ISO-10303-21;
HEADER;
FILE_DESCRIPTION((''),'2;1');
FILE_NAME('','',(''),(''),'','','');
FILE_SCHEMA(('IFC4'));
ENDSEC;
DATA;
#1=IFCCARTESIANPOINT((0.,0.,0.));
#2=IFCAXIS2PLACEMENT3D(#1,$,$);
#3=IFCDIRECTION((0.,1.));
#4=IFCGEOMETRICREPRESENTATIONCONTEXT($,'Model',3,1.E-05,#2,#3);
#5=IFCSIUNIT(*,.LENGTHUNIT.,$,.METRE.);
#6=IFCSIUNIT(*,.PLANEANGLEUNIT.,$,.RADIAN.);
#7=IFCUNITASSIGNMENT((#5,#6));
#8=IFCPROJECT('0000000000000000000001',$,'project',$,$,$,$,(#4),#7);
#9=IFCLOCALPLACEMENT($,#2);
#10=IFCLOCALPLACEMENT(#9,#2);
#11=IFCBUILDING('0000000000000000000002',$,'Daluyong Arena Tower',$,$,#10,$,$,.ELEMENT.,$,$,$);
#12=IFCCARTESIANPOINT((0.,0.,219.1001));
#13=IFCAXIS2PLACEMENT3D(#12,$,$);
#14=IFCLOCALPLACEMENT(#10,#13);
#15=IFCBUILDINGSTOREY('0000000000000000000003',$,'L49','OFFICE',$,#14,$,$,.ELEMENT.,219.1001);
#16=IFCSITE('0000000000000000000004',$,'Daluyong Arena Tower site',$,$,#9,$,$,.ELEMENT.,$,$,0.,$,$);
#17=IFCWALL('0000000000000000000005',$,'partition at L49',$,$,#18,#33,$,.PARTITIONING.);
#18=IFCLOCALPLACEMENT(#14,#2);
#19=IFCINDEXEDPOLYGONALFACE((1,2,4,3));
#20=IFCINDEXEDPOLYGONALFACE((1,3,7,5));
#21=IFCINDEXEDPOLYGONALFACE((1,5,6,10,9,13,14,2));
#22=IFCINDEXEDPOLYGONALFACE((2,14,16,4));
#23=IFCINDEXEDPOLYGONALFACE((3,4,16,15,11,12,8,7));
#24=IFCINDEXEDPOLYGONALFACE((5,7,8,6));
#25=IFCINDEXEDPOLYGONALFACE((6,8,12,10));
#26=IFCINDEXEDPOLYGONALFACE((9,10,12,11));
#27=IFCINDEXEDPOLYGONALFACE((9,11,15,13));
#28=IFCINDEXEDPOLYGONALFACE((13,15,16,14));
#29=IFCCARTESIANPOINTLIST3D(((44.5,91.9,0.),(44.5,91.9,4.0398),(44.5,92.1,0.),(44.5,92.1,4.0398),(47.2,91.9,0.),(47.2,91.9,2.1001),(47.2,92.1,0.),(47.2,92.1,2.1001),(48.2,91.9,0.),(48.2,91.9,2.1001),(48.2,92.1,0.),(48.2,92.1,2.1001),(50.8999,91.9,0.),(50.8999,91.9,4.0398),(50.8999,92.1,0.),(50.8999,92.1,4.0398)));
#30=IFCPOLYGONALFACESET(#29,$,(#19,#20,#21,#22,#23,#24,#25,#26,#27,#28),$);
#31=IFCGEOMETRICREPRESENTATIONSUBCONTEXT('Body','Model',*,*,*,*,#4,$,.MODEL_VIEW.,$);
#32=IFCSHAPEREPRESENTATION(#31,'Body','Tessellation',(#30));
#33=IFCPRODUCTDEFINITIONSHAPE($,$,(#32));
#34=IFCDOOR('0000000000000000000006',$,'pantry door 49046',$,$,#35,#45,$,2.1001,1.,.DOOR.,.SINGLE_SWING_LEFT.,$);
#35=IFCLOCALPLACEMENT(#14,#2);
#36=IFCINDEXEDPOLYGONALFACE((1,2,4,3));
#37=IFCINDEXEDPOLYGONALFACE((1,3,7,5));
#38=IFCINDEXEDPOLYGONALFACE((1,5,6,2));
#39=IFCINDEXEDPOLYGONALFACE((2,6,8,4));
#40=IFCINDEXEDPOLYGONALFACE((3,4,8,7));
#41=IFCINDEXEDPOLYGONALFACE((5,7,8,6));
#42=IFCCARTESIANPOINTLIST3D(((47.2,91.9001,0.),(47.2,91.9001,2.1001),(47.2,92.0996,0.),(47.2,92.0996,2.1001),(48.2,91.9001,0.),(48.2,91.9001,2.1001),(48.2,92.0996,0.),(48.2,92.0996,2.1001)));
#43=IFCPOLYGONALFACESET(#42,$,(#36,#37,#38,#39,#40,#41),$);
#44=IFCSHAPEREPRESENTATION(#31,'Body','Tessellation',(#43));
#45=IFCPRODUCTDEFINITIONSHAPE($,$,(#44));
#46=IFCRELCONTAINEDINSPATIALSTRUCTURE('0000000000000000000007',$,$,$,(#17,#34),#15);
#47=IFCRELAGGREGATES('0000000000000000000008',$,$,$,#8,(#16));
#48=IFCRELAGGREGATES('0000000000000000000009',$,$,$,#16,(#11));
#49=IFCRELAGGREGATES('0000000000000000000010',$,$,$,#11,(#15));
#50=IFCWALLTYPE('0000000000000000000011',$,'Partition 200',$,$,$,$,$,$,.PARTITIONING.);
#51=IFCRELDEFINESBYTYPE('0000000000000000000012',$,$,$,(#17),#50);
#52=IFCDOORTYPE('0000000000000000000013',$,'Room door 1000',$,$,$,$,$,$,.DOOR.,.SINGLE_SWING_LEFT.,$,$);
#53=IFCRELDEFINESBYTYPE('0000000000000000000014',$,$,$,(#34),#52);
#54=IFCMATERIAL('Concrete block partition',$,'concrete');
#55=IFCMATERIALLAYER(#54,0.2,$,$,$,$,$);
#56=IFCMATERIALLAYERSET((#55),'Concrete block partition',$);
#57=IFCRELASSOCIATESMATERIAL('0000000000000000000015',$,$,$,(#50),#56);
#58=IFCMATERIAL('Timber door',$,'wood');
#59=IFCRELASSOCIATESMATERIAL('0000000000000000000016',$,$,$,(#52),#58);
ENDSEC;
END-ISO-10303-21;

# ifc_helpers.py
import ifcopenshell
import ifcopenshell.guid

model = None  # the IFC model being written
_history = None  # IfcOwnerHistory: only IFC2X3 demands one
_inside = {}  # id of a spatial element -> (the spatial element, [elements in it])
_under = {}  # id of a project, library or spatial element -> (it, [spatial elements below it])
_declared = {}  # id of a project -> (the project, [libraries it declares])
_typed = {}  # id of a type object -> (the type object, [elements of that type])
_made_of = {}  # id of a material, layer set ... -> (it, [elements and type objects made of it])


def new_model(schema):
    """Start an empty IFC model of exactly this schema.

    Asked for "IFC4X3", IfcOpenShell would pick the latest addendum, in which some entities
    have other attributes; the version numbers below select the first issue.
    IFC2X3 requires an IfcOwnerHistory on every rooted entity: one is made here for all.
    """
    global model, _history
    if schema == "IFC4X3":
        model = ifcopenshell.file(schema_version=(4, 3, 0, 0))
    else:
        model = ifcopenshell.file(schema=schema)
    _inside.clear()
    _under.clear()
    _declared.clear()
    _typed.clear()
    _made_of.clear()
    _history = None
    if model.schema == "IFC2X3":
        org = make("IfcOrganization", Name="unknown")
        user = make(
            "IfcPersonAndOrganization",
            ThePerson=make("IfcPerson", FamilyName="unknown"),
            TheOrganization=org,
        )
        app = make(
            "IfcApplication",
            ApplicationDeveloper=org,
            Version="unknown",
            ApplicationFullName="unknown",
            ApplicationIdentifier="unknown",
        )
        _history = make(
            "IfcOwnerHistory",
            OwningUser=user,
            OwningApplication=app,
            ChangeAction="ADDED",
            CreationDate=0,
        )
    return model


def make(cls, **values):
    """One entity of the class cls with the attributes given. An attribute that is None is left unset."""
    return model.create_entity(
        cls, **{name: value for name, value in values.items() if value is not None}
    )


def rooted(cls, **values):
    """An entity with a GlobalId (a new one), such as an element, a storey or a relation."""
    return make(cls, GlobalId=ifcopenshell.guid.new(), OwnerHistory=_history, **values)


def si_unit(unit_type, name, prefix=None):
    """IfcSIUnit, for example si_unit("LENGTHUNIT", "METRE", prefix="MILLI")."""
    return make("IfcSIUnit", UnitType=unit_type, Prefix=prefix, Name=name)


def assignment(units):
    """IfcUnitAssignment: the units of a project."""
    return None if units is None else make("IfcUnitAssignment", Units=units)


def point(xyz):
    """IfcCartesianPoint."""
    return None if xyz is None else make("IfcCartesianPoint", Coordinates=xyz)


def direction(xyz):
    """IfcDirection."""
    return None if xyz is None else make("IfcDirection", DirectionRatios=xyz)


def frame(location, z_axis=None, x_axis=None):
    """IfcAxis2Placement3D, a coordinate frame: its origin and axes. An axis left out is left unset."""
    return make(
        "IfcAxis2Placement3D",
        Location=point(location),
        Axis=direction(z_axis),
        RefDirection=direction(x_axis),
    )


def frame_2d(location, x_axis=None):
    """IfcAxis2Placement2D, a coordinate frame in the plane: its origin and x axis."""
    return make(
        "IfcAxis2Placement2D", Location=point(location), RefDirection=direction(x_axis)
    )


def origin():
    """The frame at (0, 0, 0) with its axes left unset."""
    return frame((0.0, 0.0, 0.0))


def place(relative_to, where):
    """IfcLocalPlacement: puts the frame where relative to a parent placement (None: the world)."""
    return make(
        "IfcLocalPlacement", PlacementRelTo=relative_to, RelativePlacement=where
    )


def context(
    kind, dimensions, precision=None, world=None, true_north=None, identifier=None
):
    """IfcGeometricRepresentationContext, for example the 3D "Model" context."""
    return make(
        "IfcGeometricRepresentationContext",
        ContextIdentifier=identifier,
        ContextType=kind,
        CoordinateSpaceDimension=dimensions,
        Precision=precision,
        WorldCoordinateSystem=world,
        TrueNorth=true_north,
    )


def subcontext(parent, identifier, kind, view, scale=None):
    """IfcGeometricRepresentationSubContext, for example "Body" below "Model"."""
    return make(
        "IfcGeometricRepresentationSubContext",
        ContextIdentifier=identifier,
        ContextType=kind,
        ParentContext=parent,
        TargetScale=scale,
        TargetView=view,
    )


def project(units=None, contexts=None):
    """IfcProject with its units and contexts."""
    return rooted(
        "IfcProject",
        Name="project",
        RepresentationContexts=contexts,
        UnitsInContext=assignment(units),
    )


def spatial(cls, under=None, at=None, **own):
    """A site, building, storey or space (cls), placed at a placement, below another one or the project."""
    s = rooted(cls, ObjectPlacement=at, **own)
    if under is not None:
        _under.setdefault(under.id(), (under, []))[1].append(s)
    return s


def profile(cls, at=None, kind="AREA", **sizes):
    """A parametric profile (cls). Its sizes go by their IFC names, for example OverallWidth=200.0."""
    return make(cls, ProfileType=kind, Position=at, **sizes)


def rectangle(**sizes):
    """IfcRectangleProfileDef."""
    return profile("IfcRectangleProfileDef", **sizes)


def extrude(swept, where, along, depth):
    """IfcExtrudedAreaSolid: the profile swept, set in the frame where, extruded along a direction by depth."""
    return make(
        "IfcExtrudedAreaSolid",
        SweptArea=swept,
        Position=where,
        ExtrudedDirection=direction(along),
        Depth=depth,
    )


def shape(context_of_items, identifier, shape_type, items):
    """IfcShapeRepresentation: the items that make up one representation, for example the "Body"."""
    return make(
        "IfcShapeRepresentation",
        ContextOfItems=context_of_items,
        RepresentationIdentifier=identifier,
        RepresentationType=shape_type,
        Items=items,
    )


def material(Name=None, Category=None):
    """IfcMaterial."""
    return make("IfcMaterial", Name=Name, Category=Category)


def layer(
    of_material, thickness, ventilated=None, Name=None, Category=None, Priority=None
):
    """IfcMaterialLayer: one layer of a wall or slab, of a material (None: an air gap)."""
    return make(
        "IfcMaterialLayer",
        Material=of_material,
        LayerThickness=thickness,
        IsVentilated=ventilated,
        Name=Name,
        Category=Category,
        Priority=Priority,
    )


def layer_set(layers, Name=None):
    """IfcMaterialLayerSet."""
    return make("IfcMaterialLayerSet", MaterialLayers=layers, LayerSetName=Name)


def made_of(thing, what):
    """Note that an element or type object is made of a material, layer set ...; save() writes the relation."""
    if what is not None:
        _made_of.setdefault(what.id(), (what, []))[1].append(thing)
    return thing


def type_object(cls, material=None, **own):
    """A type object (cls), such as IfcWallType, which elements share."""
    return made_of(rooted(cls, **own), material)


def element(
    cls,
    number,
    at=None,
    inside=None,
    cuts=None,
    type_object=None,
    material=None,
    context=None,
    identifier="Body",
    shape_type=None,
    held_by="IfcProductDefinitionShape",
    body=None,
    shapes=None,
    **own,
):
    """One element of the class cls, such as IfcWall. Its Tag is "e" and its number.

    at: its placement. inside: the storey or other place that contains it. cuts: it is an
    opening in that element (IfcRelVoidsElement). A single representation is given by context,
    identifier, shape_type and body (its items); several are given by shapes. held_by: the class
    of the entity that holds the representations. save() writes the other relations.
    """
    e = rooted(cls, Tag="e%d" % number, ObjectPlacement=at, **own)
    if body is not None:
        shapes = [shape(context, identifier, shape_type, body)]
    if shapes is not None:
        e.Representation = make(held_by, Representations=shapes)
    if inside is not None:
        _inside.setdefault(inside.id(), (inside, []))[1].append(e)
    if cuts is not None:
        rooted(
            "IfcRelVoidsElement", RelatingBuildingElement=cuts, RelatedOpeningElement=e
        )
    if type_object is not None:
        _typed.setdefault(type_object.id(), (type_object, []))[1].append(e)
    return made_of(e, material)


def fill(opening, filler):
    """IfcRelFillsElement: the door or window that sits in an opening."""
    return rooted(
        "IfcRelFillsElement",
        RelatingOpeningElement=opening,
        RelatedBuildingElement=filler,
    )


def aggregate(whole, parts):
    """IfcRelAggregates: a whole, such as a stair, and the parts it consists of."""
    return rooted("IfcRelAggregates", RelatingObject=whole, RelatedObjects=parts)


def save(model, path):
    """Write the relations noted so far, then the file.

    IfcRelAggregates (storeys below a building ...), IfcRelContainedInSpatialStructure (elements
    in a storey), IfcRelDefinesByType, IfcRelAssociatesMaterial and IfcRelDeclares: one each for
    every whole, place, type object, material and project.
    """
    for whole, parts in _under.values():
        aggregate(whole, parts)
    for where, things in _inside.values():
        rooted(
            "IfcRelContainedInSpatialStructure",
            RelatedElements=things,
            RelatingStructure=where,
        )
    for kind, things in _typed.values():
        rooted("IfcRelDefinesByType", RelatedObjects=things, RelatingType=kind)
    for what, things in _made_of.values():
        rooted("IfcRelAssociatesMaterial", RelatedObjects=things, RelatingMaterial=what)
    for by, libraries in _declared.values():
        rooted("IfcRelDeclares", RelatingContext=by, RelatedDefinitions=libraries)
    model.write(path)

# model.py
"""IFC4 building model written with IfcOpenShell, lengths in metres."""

from ifc_helpers import new_model, si_unit, direction, frame, frame_2d, origin, place, context, subcontext, project, spatial, rectangle, extrude, material, layer, layer_set, type_object, element, fill, save


model = new_model("IFC4")

# Units and contexts
model_context = context("Model", 3, precision=1e-05, world=origin(), true_north=direction((0.0, 1.0)))
body_context = subcontext(model_context, "Body", "Model", "MODEL_VIEW")
ifc_project = project(units=[si_unit("LENGTHUNIT", "METRE"), si_unit("PLANEANGLEUNIT", "RADIAN")], contexts=[model_context])

# Site, building, storey
site_placement = place(None, origin())
site = spatial("IfcSite", under=ifc_project, at=site_placement, Name="Daluyong Arena Tower site", CompositionType="ELEMENT", RefElevation=0.0)
building_placement = place(site_placement, origin())
building = spatial("IfcBuilding", under=site, at=building_placement, Name="Daluyong Arena Tower", CompositionType="ELEMENT")
storey_placement = place(building_placement, frame((0.0, 0.0, 219.1001)))
storey = spatial("IfcBuildingStorey", under=building, at=storey_placement, Name="L49", Description="OFFICE", CompositionType="ELEMENT", Elevation=219.1001)

# Shared definitions
ifc_material_1 = material(Name="Concrete block partition", Category="concrete")
ifc_layer_1 = layer(ifc_material_1, 0.2)
ifc_layer_set_1 = layer_set([ifc_layer_1], Name="Concrete block partition")
wall_type_1 = type_object("IfcWallType", Name="Partition 200", PredefinedType="PARTITIONING", material=ifc_layer_set_1)

# Wall, opening, door
wall_1_placement = place(storey_placement, frame((44.5, 92.0, 0.0), z_axis=(0.0, 0.0, 1.0), x_axis=(1.0, 0.0, 0.0)))
wall_1 = element("IfcWall", 1, at=wall_1_placement, inside=storey, type_object=wall_type_1, Name="partition at L49", PredefinedType="PARTITIONING", context=body_context, shape_type="SweptSolid", body=[
    extrude(rectangle(XDim=6.3999, YDim=0.2, at=frame_2d((3.2, 0.0))), origin(), (0.0, 0.0, 1.0), 4.0398),
])
opening_1_placement = place(wall_1_placement, frame((2.7, 0.0, 0.0)))
opening_1 = element("IfcOpeningElement", 2, at=opening_1_placement, cuts=wall_1, PredefinedType="OPENING", context=body_context, shape_type="SweptSolid", body=[
    extrude(rectangle(XDim=1.0, YDim=2.1001, at=frame_2d((0.5, 1.05))), frame((0.0, 0.1099, 0.0), z_axis=(0.0, -1.0, 0.0), x_axis=(1.0, 0.0, 0.0)), (0.0, 0.0, 1.0), 0.22),
])
ifc_material_2 = material(Name="Timber door", Category="wood")
door_type_1 = type_object("IfcDoorType", Name="Room door 1000", OperationType="SINGLE_SWING_LEFT", PredefinedType="DOOR", material=ifc_material_2)
door_1_placement = place(opening_1_placement, origin())
door_1 = element("IfcDoor", 3, at=door_1_placement, inside=storey, type_object=door_type_1, Name="pantry door 49046", OperationType="SINGLE_SWING_LEFT", OverallHeight=2.1001, OverallWidth=1.0, PredefinedType="DOOR", context=body_context, shape_type="SweptSolid", body=[
    extrude(rectangle(XDim=1.0, YDim=2.1001, at=frame_2d((0.5, 1.05))), frame((0.0, 0.0996, 0.0), z_axis=(0.0, -1.0, 0.0), x_axis=(1.0, 0.0, 0.0)), (0.0, 0.0, 1.0), 0.1995),
])
fill(opening_1, door_1)

save(model, "model.ifc")
